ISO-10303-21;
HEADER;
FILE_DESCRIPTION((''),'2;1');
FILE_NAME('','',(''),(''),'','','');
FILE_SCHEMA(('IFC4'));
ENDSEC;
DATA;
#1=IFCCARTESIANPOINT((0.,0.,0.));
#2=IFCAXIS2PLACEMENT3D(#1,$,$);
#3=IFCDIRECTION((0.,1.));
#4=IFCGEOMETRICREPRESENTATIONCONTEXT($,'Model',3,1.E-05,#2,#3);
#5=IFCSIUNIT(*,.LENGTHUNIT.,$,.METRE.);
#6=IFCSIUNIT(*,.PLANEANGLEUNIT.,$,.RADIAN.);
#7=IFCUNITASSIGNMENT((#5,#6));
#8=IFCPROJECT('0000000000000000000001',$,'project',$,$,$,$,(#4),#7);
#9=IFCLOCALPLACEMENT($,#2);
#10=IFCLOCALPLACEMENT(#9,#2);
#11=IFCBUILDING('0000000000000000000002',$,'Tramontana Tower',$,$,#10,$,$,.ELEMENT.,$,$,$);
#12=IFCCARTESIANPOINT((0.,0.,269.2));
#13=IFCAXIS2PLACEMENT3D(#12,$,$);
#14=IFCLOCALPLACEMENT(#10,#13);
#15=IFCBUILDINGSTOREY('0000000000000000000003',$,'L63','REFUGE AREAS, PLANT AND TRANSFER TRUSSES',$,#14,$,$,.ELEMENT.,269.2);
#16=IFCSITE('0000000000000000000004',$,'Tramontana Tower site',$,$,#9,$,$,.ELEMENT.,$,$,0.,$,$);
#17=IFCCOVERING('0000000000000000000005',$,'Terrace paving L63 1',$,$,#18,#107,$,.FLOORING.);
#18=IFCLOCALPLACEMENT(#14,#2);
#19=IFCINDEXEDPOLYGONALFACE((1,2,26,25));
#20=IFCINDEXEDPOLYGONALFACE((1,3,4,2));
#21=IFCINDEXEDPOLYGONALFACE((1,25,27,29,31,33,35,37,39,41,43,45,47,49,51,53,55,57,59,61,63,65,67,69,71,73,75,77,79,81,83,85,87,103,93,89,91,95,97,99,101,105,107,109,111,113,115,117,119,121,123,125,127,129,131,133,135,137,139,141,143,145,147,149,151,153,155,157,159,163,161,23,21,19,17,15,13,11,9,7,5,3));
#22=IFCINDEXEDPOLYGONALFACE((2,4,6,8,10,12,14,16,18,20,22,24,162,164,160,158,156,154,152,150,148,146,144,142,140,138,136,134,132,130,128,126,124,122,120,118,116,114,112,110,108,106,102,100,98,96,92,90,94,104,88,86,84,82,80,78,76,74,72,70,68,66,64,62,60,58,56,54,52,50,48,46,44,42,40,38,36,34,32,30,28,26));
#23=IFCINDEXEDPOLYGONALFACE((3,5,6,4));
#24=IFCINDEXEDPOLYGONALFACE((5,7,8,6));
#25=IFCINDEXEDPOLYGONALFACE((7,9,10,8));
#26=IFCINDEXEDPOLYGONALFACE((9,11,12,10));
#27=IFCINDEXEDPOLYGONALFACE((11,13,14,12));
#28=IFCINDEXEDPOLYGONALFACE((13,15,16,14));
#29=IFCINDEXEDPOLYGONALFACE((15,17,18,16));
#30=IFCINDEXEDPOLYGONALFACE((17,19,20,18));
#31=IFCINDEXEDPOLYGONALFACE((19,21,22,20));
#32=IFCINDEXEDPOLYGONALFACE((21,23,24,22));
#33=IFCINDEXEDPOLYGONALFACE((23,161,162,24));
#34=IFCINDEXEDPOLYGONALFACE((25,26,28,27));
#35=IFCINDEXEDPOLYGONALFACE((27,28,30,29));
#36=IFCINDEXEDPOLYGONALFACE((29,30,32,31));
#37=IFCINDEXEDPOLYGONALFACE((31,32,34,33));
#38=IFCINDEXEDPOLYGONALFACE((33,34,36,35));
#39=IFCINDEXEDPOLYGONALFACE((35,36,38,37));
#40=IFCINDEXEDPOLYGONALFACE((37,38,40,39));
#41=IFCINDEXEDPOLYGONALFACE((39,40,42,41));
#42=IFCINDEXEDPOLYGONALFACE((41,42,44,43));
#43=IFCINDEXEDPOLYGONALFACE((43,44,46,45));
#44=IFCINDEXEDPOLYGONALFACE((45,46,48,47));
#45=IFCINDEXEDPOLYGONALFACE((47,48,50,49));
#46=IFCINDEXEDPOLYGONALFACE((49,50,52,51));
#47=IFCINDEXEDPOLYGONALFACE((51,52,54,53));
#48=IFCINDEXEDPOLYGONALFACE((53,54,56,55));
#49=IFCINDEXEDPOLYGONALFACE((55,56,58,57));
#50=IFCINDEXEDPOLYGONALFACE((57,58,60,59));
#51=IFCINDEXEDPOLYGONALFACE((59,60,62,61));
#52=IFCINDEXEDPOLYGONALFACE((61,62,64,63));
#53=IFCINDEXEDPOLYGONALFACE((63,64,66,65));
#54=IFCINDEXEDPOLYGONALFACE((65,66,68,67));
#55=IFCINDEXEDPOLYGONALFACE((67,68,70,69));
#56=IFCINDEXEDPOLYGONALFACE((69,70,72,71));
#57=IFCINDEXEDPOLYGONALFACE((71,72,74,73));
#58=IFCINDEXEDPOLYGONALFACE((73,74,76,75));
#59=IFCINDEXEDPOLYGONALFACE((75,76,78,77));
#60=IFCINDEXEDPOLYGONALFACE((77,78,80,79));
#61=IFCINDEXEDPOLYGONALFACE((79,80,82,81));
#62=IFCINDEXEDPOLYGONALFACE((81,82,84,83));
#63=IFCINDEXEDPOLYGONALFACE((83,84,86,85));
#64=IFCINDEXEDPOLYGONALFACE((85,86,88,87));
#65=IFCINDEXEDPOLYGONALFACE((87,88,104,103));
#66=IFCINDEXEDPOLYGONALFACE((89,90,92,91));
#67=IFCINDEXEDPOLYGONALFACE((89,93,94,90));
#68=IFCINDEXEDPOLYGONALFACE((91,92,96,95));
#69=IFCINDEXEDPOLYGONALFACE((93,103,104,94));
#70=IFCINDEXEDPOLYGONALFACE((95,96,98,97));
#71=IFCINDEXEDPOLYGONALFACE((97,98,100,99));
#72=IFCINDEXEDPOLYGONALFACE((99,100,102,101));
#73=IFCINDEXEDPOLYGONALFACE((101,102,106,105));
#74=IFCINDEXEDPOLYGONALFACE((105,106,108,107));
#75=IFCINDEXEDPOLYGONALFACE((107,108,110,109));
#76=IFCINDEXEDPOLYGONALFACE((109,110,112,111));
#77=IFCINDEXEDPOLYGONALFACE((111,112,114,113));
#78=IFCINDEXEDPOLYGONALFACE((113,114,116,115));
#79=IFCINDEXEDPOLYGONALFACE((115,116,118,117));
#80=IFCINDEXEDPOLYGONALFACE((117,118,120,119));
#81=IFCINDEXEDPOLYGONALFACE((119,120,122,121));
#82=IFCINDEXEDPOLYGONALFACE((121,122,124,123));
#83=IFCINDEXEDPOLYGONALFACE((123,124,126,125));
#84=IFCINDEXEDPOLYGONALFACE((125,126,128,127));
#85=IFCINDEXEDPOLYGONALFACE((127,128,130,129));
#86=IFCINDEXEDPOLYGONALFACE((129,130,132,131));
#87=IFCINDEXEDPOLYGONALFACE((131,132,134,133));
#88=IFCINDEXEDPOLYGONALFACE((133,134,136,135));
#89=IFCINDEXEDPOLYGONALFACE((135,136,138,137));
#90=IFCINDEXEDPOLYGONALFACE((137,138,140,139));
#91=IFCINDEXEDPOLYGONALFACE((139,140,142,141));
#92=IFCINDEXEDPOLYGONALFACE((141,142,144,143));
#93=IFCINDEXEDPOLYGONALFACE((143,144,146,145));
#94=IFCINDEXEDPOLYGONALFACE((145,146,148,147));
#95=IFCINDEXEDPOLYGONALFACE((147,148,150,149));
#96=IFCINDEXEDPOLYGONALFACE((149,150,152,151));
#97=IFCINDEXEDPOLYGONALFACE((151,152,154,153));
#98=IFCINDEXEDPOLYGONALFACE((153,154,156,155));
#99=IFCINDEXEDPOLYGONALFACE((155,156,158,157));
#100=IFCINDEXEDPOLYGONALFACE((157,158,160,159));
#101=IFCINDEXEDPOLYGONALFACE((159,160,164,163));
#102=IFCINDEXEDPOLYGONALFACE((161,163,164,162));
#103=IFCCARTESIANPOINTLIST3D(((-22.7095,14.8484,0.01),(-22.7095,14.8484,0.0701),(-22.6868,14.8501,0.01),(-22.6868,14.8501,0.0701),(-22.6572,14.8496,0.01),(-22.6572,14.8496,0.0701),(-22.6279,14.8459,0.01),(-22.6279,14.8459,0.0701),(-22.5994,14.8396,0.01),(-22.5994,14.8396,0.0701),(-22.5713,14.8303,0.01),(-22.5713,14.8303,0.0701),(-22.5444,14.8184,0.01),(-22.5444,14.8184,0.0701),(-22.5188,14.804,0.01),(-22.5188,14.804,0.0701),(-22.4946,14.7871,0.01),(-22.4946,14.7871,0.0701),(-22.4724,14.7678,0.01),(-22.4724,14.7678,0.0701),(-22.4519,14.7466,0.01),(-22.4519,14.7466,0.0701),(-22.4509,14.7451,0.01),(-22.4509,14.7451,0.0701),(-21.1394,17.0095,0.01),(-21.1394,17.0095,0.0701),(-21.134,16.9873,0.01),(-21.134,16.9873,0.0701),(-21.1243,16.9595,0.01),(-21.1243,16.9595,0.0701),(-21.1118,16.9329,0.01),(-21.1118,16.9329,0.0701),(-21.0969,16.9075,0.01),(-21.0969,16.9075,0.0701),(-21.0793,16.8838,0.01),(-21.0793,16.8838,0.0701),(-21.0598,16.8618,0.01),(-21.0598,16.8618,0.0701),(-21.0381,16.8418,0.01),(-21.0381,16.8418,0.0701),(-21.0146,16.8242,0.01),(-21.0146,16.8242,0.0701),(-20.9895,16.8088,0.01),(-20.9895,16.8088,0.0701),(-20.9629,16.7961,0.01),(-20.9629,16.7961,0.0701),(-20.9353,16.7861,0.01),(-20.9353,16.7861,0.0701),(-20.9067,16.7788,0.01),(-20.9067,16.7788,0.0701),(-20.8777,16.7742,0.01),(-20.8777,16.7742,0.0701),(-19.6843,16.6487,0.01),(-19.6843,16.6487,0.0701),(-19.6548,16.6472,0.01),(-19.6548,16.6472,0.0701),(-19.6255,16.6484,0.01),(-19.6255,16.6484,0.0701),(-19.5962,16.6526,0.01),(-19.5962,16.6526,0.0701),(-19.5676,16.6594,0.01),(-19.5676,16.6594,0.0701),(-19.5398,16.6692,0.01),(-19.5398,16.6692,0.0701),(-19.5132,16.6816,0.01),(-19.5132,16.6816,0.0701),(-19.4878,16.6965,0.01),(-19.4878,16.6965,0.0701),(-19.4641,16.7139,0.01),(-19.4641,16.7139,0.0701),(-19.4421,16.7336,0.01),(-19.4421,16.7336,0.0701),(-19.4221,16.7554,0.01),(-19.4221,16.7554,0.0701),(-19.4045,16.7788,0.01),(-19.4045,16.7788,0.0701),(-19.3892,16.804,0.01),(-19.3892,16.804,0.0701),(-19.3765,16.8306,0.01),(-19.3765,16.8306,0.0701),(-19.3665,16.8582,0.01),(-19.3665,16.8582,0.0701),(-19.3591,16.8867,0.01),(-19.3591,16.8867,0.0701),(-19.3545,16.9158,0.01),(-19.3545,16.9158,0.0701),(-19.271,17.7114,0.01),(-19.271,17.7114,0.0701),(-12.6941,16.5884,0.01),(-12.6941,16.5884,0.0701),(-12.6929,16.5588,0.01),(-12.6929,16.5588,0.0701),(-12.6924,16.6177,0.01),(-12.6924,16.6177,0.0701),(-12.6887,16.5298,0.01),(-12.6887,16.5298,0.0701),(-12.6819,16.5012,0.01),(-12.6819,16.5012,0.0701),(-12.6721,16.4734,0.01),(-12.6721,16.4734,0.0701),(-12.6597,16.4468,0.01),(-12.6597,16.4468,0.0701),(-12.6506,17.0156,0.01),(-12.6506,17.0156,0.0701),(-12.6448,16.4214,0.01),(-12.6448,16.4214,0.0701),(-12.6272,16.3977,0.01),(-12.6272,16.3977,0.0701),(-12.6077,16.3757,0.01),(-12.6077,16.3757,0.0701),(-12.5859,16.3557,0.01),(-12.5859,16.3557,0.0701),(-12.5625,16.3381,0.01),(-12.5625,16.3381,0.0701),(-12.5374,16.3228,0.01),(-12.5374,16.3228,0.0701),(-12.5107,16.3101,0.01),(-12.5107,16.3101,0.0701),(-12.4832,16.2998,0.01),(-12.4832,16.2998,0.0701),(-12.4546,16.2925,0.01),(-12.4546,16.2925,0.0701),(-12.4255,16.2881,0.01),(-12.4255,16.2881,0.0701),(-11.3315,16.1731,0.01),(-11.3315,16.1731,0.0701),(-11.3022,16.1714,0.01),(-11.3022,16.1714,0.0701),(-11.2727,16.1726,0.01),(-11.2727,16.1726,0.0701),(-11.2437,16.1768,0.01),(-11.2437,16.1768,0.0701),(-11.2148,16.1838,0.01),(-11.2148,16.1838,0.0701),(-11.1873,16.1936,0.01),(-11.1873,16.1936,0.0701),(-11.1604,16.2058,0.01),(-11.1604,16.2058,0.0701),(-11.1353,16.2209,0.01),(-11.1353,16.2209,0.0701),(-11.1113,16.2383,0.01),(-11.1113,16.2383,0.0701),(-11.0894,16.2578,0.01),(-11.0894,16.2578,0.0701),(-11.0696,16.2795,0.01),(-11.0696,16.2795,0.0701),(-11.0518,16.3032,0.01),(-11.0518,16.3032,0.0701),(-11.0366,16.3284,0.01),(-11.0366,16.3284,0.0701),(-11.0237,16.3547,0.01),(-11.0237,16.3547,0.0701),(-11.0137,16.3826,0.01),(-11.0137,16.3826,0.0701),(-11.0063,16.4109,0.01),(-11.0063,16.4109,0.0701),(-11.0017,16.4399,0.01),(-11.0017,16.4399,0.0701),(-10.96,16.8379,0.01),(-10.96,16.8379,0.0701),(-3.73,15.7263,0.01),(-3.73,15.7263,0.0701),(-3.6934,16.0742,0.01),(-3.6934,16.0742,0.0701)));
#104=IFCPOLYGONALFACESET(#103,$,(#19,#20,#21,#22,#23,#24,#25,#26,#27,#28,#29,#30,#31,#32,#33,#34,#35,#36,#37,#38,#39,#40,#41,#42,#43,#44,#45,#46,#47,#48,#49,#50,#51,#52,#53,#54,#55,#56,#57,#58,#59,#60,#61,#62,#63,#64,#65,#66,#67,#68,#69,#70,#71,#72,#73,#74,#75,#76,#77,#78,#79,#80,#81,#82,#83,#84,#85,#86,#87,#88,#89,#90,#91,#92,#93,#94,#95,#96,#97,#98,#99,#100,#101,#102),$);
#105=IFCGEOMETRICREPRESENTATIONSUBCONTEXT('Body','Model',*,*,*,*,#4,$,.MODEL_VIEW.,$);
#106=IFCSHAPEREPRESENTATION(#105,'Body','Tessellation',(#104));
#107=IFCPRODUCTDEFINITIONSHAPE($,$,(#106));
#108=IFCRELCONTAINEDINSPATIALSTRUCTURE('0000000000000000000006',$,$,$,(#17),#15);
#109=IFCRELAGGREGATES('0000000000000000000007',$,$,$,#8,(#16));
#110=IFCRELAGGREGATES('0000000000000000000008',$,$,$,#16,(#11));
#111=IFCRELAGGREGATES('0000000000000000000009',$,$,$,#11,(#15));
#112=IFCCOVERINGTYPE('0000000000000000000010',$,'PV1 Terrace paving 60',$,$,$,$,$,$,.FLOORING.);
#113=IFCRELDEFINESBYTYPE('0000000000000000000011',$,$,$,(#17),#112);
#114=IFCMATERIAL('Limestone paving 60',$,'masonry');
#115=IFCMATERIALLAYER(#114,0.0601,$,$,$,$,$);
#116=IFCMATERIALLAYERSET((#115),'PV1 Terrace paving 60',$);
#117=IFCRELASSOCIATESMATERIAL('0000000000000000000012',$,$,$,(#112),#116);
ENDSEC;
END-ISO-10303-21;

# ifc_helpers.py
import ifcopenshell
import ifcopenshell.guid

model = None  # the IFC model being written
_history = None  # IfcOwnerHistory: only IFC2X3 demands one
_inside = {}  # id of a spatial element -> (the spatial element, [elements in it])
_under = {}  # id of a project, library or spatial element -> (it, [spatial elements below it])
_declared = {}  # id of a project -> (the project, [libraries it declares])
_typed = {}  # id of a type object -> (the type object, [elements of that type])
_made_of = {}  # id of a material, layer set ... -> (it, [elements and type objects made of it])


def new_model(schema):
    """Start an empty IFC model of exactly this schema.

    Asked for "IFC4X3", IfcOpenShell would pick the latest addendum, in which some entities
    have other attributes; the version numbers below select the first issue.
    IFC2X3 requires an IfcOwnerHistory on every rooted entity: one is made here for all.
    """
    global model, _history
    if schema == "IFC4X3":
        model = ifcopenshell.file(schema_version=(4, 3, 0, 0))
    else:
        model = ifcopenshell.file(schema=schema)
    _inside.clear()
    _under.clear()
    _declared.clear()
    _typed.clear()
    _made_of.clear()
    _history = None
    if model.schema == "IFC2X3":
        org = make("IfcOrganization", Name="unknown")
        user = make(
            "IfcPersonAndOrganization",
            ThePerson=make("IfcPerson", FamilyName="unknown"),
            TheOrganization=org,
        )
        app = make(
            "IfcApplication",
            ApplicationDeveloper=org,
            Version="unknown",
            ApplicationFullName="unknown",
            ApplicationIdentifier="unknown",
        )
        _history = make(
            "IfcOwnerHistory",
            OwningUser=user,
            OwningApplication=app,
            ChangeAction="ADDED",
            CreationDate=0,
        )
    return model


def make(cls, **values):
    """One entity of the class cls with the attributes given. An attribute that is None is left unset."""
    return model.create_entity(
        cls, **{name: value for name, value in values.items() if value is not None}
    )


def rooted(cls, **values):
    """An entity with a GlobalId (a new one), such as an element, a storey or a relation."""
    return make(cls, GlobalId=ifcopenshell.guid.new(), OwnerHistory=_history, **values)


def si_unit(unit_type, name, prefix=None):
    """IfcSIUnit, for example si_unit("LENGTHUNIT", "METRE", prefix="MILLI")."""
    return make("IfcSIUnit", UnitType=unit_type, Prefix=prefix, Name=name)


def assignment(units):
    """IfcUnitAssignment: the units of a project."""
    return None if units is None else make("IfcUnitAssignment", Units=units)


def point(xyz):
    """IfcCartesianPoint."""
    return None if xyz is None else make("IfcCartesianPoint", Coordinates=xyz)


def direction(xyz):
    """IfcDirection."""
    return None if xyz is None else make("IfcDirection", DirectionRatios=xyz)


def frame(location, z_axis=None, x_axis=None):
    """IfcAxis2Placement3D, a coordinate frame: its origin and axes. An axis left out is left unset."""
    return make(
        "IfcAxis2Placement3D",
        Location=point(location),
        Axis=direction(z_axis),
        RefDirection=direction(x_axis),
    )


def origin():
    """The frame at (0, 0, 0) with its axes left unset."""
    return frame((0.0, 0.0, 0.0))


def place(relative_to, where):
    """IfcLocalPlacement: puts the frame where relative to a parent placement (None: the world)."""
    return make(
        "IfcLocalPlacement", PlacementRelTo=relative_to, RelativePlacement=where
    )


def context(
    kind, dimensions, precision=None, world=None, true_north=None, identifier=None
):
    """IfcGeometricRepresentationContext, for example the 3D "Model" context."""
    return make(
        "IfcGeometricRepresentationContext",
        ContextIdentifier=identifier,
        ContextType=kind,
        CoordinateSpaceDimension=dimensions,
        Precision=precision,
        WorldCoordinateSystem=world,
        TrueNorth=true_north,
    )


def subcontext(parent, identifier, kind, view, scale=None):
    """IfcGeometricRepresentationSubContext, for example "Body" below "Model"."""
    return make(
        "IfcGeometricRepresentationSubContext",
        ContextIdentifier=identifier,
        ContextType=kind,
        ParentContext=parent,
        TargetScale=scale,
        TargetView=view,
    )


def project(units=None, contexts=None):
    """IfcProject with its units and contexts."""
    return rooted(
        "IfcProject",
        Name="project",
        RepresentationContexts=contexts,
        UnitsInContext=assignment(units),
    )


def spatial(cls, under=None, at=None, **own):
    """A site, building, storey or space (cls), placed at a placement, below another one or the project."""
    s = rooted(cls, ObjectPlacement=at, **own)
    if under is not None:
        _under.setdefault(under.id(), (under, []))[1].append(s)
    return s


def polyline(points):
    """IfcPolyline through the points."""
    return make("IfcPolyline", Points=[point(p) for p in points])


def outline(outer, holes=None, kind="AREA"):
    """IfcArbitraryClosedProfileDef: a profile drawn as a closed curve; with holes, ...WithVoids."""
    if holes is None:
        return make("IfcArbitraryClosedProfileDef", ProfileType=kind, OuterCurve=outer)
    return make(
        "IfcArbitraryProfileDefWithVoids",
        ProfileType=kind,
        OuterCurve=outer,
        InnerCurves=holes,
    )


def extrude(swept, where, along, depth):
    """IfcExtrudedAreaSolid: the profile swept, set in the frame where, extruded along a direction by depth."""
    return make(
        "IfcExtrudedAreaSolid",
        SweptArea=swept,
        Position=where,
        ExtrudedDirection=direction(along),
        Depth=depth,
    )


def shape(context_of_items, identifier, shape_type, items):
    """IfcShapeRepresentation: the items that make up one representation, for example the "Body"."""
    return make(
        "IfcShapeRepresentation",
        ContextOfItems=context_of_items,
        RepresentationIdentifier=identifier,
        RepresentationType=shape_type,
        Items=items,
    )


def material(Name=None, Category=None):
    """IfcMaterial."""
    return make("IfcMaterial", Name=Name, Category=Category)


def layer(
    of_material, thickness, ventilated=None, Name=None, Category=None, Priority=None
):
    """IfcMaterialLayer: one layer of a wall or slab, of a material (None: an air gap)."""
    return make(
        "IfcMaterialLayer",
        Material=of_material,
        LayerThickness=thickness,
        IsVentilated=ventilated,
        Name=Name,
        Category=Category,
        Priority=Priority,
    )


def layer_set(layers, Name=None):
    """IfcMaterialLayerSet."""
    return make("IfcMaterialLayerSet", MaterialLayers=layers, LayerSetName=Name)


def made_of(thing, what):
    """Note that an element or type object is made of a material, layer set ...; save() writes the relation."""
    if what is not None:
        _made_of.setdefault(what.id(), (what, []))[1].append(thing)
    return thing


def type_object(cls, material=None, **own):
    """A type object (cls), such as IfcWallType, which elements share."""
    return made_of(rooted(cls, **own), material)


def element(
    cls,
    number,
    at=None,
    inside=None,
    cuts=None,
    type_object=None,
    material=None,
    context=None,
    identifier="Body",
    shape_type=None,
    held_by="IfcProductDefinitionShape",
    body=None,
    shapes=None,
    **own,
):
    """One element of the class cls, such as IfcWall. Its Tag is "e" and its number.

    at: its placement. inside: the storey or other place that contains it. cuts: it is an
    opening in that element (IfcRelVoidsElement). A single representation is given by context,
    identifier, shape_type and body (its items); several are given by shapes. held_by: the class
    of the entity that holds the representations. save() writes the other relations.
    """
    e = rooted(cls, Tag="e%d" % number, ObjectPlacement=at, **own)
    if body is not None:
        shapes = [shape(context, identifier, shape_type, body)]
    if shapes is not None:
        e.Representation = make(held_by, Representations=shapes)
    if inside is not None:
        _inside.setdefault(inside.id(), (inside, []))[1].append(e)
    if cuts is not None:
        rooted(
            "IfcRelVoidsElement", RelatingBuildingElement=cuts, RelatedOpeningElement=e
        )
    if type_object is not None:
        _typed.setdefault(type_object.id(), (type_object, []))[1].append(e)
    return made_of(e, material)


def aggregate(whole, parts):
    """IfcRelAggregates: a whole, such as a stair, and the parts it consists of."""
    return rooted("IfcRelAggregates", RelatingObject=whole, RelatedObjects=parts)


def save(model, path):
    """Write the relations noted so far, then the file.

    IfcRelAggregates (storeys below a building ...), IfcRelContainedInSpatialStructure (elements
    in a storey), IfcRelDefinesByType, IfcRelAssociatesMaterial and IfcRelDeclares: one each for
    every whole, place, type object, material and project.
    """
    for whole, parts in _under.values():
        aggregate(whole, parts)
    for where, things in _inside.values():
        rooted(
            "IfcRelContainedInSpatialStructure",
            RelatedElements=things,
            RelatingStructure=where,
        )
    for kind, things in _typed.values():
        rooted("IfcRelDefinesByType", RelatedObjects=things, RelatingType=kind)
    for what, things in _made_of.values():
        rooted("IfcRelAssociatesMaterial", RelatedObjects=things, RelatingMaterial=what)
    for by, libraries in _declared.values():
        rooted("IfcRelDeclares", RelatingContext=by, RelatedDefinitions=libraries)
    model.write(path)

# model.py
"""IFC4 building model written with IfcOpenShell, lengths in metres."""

from ifc_helpers import new_model, si_unit, direction, frame, origin, place, context, subcontext, project, spatial, polyline, outline, extrude, material, layer, layer_set, type_object, element, save


model = new_model("IFC4")

# Units and contexts
model_context = context("Model", 3, precision=1e-05, world=origin(), true_north=direction((0.0, 1.0)))
body_context = subcontext(model_context, "Body", "Model", "MODEL_VIEW")
ifc_project = project(units=[si_unit("LENGTHUNIT", "METRE"), si_unit("PLANEANGLEUNIT", "RADIAN")], contexts=[model_context])

# Site, building, storey
site_placement = place(None, origin())
site = spatial("IfcSite", under=ifc_project, at=site_placement, Name="Tramontana Tower site", CompositionType="ELEMENT", RefElevation=0.0)
building_placement = place(site_placement, origin())
building = spatial("IfcBuilding", under=site, at=building_placement, Name="Tramontana Tower", CompositionType="ELEMENT")
storey_placement = place(building_placement, frame((0.0, 0.0, 269.2)))
storey = spatial("IfcBuildingStorey", under=building, at=storey_placement, Name="L63", Description="REFUGE AREAS, PLANT AND TRANSFER TRUSSES", CompositionType="ELEMENT", Elevation=269.2)

# Covering
ifc_material_1 = material(Name="Limestone paving 60", Category="masonry")
ifc_layer_1 = layer(ifc_material_1, 0.0601)
ifc_layer_set_1 = layer_set([ifc_layer_1], Name="PV1 Terrace paving 60")
covering_type_1 = type_object("IfcCoveringType", Name="PV1 Terrace paving 60", PredefinedType="FLOORING", material=ifc_layer_set_1)
covering_1_placement = place(storey_placement, frame((0.0, 0.0, 0.01)))
element("IfcCovering", 1, at=covering_1_placement, inside=storey, type_object=covering_type_1, Name="Terrace paving L63 1", PredefinedType="FLOORING", context=body_context, shape_type="SweptSolid", body=[
    extrude(outline(polyline([(-21.1394, 17.0095), (-21.134, 16.9873), (-21.1243, 16.9595), (-21.1118, 16.9329), (-21.0969, 16.9075), (-21.0793, 16.8838), (-21.0598, 16.8618), (-21.0381, 16.8418), (-21.0146, 16.8242), (-20.9895, 16.8088), (-20.9629, 16.7961), (-20.9353, 16.7861), (-20.9067, 16.7788), (-20.8777, 16.7742), (-19.6843, 16.6487), (-19.6548, 16.6472), (-19.6255, 16.6484), (-19.5962, 16.6526), (-19.5676, 16.6594), (-19.5398, 16.6692), (-19.5132, 16.6816), (-19.4878, 16.6965), (-19.4641, 16.7139), (-19.4421, 16.7336), (-19.4221, 16.7554), (-19.4045, 16.7788), (-19.3892, 16.804), (-19.3765, 16.8306), (-19.3665, 16.8582), (-19.3591, 16.8867), (-19.3545, 16.9158), (-19.271, 17.7114), (-12.6506, 17.0156), (-12.6924, 16.6177), (-12.6941, 16.5884), (-12.6929, 16.5588), (-12.6887, 16.5298), (-12.6819, 16.5012), (-12.6721, 16.4734), (-12.6597, 16.4468), (-12.6448, 16.4214), (-12.6272, 16.3977), (-12.6077, 16.3757), (-12.5859, 16.3557), (-12.5625, 16.3381), (-12.5374, 16.3228), (-12.5107, 16.3101), (-12.4832, 16.2998), (-12.4546, 16.2925), (-12.4255, 16.2881), (-11.3315, 16.1731), (-11.3022, 16.1714), (-11.2727, 16.1726), (-11.2437, 16.1768), (-11.2148, 16.1838), (-11.1873, 16.1936), (-11.1604, 16.2058), (-11.1353, 16.2209), (-11.1113, 16.2383), (-11.0894, 16.2578), (-11.0696, 16.2795), (-11.0518, 16.3032), (-11.0366, 16.3284), (-11.0237, 16.3547), (-11.0137, 16.3826), (-11.0063, 16.4109), (-11.0017, 16.4399), (-10.96, 16.8379), (-3.6934, 16.0742), (-3.73, 15.7263), (-22.4509, 14.7451), (-22.4519, 14.7466), (-22.4724, 14.7678), (-22.4946, 14.7871), (-22.5188, 14.804), (-22.5444, 14.8184), (-22.5713, 14.8303), (-22.5994, 14.8396), (-22.6279, 14.8459), (-22.6572, 14.8496), (-22.6868, 14.8501), (-22.7095, 14.8484), (-21.1394, 17.0095)])), origin(), (0.0, 0.0, 1.0), 0.0601),
])

save(model, "model.ifc")
